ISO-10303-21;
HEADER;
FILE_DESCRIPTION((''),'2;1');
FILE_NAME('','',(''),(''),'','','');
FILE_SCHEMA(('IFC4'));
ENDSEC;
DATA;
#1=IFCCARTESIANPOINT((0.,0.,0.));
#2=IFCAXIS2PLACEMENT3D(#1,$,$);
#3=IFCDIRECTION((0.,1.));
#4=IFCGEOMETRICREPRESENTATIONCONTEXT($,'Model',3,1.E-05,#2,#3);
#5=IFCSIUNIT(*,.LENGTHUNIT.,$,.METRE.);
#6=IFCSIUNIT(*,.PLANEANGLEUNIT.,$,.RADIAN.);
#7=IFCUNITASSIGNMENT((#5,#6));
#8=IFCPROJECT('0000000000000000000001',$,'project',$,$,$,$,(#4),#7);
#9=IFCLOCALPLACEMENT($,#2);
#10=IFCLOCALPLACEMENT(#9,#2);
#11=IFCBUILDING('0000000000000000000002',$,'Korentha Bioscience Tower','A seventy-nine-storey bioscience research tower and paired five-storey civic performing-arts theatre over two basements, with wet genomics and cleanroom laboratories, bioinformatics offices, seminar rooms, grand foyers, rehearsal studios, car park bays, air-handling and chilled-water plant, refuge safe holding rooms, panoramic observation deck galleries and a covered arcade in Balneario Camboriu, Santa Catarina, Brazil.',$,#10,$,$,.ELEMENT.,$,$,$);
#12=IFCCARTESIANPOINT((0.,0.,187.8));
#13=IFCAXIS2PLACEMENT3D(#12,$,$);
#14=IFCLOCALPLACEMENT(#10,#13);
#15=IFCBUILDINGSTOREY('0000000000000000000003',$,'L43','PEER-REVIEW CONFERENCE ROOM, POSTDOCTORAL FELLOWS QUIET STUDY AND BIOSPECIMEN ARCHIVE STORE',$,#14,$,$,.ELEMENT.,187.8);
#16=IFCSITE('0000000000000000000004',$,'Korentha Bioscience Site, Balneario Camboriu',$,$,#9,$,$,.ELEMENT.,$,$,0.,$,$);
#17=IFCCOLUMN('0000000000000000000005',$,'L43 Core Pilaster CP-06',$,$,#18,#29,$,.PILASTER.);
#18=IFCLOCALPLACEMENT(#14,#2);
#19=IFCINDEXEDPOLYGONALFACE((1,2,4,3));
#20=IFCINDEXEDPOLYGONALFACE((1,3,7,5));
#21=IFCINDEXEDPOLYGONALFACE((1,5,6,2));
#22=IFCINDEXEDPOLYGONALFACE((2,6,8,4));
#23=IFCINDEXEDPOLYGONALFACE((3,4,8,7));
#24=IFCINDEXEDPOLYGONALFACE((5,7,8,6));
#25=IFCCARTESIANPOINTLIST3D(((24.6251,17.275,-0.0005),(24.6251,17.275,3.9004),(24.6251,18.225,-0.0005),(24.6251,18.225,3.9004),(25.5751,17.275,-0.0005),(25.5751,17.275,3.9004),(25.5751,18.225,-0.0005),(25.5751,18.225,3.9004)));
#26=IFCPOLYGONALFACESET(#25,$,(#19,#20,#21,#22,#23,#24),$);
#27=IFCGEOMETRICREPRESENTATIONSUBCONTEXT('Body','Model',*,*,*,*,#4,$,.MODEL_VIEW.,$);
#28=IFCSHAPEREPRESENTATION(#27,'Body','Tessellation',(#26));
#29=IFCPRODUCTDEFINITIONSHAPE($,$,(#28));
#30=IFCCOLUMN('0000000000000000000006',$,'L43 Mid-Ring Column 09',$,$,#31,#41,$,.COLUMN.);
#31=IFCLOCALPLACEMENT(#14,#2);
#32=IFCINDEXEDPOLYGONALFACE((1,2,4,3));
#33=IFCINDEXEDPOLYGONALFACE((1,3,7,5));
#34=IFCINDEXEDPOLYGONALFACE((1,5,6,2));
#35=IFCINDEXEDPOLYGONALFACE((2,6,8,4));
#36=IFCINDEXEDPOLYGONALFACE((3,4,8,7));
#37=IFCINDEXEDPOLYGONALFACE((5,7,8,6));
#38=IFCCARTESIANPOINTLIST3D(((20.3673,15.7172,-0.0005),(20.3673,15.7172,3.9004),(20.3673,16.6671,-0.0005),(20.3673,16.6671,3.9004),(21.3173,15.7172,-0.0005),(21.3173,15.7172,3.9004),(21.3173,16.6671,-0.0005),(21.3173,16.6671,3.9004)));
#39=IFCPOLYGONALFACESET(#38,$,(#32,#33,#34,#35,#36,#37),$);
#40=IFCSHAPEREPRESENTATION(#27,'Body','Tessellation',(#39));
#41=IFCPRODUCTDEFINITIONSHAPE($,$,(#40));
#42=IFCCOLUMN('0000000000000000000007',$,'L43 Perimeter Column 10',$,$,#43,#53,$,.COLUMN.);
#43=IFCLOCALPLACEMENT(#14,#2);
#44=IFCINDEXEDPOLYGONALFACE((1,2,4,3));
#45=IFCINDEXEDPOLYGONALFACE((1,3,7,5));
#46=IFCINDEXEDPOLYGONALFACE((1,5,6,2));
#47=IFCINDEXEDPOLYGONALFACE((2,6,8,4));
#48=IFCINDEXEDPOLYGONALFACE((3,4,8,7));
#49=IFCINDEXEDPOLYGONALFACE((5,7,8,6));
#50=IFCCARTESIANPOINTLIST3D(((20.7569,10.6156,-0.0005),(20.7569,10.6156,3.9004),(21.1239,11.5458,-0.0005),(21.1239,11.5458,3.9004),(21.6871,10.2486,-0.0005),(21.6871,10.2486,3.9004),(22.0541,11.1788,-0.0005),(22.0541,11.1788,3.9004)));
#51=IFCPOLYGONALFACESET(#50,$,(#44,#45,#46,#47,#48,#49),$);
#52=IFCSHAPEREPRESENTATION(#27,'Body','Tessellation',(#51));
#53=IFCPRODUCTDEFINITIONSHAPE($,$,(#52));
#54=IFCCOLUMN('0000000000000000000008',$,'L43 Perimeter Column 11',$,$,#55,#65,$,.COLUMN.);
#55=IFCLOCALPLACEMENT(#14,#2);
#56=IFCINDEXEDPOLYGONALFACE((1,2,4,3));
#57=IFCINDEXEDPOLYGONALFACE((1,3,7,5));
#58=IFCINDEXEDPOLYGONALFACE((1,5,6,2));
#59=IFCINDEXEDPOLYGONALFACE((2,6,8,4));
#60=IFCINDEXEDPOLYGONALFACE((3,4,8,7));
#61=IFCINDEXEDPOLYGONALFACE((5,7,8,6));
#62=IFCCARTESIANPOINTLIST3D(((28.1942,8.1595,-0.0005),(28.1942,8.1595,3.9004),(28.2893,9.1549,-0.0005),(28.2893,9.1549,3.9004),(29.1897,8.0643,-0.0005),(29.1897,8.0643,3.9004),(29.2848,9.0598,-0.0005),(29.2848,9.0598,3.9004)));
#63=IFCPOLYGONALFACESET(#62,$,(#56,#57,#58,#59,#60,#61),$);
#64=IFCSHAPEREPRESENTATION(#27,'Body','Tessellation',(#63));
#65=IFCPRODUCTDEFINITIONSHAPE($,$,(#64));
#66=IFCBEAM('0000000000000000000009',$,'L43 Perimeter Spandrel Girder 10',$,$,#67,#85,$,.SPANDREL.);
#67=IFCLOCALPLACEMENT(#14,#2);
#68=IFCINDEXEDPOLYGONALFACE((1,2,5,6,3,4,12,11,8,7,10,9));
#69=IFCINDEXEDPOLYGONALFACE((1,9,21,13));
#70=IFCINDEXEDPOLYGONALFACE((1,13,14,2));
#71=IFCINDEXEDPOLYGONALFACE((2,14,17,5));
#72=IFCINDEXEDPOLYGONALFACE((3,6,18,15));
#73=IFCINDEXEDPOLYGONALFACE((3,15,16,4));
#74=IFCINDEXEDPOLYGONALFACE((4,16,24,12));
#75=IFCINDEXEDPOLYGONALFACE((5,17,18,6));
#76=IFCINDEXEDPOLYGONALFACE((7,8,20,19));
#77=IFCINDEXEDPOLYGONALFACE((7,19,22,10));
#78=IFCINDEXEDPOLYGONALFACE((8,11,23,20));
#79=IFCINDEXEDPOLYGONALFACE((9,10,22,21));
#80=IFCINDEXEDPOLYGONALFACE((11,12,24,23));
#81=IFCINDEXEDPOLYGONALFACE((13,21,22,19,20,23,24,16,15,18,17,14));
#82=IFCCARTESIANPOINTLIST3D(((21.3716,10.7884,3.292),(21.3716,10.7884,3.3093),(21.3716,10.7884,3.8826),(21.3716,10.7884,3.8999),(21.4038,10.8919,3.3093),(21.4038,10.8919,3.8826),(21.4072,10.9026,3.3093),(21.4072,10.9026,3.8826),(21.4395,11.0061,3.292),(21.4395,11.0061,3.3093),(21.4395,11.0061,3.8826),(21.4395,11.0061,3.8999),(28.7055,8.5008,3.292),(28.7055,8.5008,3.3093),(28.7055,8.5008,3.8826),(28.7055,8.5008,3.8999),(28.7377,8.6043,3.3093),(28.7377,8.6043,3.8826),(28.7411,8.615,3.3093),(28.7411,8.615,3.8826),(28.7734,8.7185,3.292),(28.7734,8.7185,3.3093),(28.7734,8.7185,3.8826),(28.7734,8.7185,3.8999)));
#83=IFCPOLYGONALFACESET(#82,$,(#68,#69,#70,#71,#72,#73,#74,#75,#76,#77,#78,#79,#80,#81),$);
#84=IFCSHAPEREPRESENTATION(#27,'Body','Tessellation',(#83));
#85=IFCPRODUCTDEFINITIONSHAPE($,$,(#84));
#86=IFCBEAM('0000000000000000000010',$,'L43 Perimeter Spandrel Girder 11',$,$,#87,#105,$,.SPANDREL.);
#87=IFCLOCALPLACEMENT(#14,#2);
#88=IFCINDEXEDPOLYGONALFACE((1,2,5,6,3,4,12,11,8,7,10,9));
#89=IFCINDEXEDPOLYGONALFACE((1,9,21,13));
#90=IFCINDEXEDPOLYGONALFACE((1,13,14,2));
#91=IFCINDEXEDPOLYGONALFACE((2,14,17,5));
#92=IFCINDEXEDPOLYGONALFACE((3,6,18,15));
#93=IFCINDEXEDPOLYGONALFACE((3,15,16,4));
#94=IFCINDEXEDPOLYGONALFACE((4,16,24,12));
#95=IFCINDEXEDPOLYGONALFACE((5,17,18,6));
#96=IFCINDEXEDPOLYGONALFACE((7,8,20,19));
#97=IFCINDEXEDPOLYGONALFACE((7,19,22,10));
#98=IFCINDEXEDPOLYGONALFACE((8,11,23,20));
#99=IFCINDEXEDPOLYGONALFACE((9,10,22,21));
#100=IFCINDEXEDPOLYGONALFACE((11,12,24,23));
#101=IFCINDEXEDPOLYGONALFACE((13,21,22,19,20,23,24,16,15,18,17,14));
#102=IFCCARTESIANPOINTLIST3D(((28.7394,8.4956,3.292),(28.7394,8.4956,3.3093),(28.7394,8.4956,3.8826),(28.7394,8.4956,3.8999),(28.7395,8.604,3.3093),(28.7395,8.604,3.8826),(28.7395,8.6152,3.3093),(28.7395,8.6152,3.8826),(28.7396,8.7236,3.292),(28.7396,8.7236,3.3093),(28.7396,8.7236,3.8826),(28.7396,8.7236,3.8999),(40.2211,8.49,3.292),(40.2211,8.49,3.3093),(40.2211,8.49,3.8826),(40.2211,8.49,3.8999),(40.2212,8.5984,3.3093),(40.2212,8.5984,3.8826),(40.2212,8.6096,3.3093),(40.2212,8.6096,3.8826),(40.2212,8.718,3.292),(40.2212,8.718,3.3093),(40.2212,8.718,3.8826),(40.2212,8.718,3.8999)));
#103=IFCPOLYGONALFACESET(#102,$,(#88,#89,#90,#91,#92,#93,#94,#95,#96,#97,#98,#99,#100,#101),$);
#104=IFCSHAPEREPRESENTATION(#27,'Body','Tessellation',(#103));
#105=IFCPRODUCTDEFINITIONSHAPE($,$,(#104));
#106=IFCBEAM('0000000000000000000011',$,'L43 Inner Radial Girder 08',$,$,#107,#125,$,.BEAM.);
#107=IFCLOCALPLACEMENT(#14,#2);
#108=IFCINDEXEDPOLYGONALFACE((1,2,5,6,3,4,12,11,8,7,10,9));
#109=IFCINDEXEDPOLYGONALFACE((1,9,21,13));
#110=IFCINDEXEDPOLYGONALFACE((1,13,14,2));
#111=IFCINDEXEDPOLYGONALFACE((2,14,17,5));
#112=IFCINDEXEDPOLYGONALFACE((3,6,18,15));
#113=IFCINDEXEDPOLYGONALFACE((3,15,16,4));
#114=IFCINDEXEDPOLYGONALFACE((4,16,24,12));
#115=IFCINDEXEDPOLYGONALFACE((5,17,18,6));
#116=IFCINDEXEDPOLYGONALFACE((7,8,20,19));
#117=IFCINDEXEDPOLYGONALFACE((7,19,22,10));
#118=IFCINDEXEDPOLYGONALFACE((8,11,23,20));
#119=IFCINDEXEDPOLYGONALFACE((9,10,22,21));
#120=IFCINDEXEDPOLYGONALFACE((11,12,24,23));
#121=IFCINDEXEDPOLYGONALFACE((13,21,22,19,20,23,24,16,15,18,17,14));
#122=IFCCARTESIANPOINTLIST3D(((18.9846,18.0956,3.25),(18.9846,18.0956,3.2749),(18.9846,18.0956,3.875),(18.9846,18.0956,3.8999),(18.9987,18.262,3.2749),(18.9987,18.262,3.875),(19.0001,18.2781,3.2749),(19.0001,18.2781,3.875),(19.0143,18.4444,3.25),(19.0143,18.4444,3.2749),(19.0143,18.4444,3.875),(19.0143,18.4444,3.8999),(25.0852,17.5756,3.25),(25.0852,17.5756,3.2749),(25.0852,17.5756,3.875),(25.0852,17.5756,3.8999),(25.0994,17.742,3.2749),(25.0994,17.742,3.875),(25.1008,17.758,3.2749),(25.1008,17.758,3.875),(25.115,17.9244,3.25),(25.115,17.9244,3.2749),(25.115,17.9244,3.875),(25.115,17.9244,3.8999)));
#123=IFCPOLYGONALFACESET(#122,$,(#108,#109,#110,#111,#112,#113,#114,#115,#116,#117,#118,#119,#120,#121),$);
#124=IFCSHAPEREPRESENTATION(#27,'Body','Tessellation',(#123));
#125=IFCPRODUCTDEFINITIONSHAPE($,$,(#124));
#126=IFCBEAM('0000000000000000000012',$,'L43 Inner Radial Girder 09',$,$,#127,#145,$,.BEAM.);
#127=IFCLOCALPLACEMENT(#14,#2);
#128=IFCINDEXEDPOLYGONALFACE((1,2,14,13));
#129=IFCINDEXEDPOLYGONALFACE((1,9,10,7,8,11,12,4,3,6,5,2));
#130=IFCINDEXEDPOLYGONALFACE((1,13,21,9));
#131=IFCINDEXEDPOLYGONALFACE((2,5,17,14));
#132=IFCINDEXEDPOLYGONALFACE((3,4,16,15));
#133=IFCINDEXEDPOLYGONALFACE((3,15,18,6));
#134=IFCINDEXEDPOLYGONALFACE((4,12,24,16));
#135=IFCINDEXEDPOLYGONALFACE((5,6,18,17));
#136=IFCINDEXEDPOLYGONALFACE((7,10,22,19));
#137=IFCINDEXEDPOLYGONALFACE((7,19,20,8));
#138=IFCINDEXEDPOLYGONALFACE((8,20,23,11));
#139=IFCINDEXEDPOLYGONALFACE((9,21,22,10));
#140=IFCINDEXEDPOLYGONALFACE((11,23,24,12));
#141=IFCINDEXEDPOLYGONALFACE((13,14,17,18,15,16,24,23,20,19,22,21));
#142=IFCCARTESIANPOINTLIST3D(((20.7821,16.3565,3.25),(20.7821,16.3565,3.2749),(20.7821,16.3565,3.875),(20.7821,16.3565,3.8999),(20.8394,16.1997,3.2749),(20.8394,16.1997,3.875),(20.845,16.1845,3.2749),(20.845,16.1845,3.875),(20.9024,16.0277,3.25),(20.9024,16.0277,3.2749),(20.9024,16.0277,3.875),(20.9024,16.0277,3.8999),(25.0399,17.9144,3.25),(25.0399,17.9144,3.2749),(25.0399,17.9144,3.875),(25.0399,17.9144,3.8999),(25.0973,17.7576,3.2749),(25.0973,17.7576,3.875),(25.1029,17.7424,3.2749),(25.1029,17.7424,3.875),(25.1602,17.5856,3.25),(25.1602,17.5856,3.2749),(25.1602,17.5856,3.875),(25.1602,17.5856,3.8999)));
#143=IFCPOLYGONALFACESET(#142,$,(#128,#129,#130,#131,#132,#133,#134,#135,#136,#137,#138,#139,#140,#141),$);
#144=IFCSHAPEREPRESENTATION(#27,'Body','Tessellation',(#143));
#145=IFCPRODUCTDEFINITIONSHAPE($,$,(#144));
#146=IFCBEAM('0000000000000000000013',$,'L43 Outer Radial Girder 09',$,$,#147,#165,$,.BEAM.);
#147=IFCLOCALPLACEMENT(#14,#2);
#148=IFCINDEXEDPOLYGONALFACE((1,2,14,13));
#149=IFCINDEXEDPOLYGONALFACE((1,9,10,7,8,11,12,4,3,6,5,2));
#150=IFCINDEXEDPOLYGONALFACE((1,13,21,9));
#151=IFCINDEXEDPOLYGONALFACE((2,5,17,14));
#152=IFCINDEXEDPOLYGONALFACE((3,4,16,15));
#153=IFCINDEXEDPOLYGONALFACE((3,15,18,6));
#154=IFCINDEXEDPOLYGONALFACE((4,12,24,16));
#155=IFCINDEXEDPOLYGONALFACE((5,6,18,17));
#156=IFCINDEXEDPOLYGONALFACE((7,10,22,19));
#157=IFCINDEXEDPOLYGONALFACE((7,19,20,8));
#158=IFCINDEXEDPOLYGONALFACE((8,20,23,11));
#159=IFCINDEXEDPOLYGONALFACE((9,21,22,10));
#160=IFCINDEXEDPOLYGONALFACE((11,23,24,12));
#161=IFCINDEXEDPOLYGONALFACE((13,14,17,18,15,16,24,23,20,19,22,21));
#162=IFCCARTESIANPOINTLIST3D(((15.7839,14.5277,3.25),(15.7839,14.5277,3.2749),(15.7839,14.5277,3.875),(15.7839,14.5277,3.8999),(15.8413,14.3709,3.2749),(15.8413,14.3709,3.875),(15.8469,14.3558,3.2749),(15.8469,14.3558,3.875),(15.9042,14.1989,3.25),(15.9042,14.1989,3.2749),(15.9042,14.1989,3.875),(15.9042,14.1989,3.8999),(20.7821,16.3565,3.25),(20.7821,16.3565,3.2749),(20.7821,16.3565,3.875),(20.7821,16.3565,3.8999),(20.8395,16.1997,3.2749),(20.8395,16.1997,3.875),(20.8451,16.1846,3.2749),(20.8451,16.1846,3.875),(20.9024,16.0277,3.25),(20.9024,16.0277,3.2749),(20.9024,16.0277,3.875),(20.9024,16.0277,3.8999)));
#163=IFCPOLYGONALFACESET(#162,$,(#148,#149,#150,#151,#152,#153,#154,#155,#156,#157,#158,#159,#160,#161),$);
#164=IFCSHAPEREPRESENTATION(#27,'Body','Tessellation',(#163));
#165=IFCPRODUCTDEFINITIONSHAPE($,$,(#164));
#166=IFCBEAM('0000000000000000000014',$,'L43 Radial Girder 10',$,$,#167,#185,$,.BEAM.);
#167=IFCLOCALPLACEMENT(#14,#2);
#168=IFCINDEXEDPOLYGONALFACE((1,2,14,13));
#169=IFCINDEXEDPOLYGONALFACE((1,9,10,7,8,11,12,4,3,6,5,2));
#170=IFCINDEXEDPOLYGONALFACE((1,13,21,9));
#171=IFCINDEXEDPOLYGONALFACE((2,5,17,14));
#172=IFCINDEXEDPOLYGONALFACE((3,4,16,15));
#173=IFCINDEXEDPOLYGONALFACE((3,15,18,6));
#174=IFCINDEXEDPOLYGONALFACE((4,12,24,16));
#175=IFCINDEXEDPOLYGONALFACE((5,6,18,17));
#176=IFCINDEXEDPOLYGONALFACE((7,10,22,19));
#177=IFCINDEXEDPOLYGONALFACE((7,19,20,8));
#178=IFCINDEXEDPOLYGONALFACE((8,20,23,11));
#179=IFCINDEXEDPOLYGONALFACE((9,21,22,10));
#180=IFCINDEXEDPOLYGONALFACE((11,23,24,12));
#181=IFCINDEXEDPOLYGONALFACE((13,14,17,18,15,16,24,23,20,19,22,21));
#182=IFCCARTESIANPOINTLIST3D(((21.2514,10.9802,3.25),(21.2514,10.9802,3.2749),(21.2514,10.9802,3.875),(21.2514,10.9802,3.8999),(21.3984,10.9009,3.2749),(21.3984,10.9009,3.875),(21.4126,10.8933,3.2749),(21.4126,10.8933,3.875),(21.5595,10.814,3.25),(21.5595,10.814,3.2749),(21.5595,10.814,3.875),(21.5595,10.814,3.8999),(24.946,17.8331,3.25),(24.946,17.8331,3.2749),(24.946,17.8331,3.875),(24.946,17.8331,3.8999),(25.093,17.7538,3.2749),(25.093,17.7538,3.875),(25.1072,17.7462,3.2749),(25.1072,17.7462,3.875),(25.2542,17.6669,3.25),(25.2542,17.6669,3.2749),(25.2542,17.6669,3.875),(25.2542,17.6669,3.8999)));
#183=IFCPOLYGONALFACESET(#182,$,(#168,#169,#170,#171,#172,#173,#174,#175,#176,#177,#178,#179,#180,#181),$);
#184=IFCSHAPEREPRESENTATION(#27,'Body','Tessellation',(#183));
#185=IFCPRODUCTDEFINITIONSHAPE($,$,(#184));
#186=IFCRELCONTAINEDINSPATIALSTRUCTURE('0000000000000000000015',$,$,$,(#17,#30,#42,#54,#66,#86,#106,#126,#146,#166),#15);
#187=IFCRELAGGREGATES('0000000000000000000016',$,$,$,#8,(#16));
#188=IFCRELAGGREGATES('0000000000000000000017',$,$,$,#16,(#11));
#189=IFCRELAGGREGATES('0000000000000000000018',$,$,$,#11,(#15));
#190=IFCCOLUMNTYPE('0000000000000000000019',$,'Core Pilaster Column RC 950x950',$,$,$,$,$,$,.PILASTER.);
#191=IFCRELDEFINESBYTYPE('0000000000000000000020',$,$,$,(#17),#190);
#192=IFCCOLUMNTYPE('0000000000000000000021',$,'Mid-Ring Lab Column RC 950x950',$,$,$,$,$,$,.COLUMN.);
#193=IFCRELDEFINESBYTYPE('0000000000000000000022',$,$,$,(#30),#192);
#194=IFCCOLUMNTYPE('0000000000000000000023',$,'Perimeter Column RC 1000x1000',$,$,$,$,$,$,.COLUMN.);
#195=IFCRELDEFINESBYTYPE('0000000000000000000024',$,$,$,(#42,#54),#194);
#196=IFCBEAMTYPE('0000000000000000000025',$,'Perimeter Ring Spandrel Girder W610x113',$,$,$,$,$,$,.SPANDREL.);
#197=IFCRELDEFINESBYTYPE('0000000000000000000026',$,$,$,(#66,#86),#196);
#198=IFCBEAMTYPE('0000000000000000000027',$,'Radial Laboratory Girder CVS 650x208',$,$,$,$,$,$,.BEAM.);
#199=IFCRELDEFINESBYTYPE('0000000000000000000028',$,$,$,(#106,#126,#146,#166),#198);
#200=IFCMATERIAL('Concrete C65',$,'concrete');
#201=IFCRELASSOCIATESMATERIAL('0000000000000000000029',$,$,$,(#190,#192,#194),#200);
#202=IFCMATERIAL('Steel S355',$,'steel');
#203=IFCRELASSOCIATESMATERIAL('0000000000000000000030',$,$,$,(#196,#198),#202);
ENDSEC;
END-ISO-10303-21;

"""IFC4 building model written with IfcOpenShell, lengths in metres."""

from ifc_helpers import new_model, si_unit, direction, frame, origin, origin_2d, place, context, subcontext, project, spatial, rectangle, i_section, extrude, material, material_profile, profile_set, type_object, element, save


model = new_model("IFC4")

# Units and contexts
model_context = context("Model", 3, precision=1e-05, world=origin(), true_north=direction((0.0, 1.0)))
body_context = subcontext(model_context, "Body", "Model", "MODEL_VIEW")
ifc_project = project(units=[si_unit("LENGTHUNIT", "METRE"), si_unit("PLANEANGLEUNIT", "RADIAN")], contexts=[model_context])

# Site, building, storey
site_placement = place(None, origin())
site = spatial("IfcSite", under=ifc_project, at=site_placement, Name="Korentha Bioscience Site, Balneario Camboriu", CompositionType="ELEMENT", RefElevation=0.0)
building_placement = place(site_placement, origin())
building = spatial("IfcBuilding", under=site, at=building_placement, Name="Korentha Bioscience Tower", Description="A seventy-nine-storey bioscience research tower and paired five-storey civic performing-arts theatre over two basements, with wet genomics and cleanroom laboratories, bioinformatics offices, seminar rooms, grand foyers, rehearsal studios, car park bays, air-handling and chilled-water plant, refuge safe holding rooms, panoramic observation deck galleries and a covered arcade in Balneario Camboriu, Santa Catarina, Brazil.", CompositionType="ELEMENT")
storey_placement = place(building_placement, frame((0.0, 0.0, 187.8)))
storey = spatial("IfcBuildingStorey", under=building, at=storey_placement, Name="L43", Description="PEER-REVIEW CONFERENCE ROOM, POSTDOCTORAL FELLOWS QUIET STUDY AND BIOSPECIMEN ARCHIVE STORE", CompositionType="ELEMENT", Elevation=187.8)

# Columns
ifc_material_1 = material(Name="Concrete C65", Category="concrete")
ifc_material_profile_1 = material_profile(ifc_material_1, rectangle(XDim=0.95, YDim=0.95, at=origin_2d()), Name="Concrete C65")
ifc_profile_set_1 = profile_set([ifc_material_profile_1], Name="Concrete C65 (COL-CP09)")
column_type_1 = type_object("IfcColumnType", Name="Core Pilaster Column RC 950x950", PredefinedType="PILASTER", material=ifc_profile_set_1)
column_1_placement = place(storey_placement, frame((25.1001, 17.75, -0.0005), z_axis=(0.0, 0.0, 1.0), x_axis=(1.0, 0.0, 0.0)))
element("IfcColumn", 1, at=column_1_placement, inside=storey, type_object=column_type_1, Name="L43 Core Pilaster CP-06", PredefinedType="PILASTER", context=body_context, shape_type="SweptSolid", body=[
    extrude(rectangle(XDim=0.95, YDim=0.95, at=origin_2d()), origin(), (0.0, 0.0, 1.0), 3.9009),
])
ifc_material_profile_2 = material_profile(ifc_material_1, rectangle(XDim=0.95, YDim=0.95, at=origin_2d()), Name="Concrete C65")
ifc_profile_set_2 = profile_set([ifc_material_profile_2], Name="Concrete C65 (COL-MR09)")
column_type_2 = type_object("IfcColumnType", Name="Mid-Ring Lab Column RC 950x950", PredefinedType="COLUMN", material=ifc_profile_set_2)
column_2_placement = place(storey_placement, frame((20.8423, 16.1921, -0.0005), z_axis=(0.0, 0.0, 1.0), x_axis=(1.0, 0.0, 0.0)))
element("IfcColumn", 2, at=column_2_placement, inside=storey, type_object=column_type_2, Name="L43 Mid-Ring Column 09", PredefinedType="COLUMN", context=body_context, shape_type="SweptSolid", body=[
    extrude(rectangle(XDim=0.95, YDim=0.95, at=origin_2d()), origin(), (0.0, 0.0, 1.0), 3.9009),
])
ifc_material_profile_3 = material_profile(ifc_material_1, rectangle(XDim=1.0, YDim=1.0, at=origin_2d()), Name="Concrete C65")
ifc_profile_set_3 = profile_set([ifc_material_profile_3], Name="Concrete C65 (COL-P10)")
column_type_3 = type_object("IfcColumnType", Name="Perimeter Column RC 1000x1000", PredefinedType="COLUMN", material=ifc_profile_set_3)
for number, where, z_axis, x_axis, name in (
    (3, (21.4055, 10.8972, -0.0005), (0.0, 0.0, 1.0), (-0.930226, 0.366988, 0.0), "L43 Perimeter Column 10"),
    (4, (28.7395, 8.6096, -0.0005), (0.0, 0.0, 1.0), (-0.995463, 0.095151, 0.0), "L43 Perimeter Column 11"),
):
    element("IfcColumn", number, at=place(storey_placement, frame(where, z_axis=z_axis, x_axis=x_axis)), inside=storey, type_object=column_type_3, Name=name, PredefinedType="COLUMN", context=body_context, shape_type="SweptSolid", body=[
        extrude(rectangle(XDim=1.0, YDim=1.0, at=origin_2d()), origin(), (0.0, 0.0, 1.0), 3.9009),
    ])

# Beams
ifc_material_2 = material(Name="Steel S355", Category="steel")
ifc_material_profile_4 = material_profile(ifc_material_2, i_section(OverallWidth=0.228, OverallDepth=0.6079, WebThickness=0.0112, FlangeThickness=0.0173, at=origin_2d()), Name="Steel S355")
ifc_profile_set_4 = profile_set([ifc_material_profile_4], Name="Steel S355 (SB-610)")
beam_type_1 = type_object("IfcBeamType", Name="Perimeter Ring Spandrel Girder W610x113", PredefinedType="SPANDREL", material=ifc_profile_set_4)
beam_1_placement = place(storey_placement, frame((21.4055, 10.8972, 3.5959), z_axis=(0.954638, -0.297768, 0.0), x_axis=(0.297768, 0.954638, 0.0)))
element("IfcBeam", 5, at=beam_1_placement, inside=storey, type_object=beam_type_1, Name="L43 Perimeter Spandrel Girder 10", PredefinedType="SPANDREL", context=body_context, shape_type="SweptSolid", body=[
    extrude(i_section(OverallWidth=0.228, OverallDepth=0.6079, WebThickness=0.0112, FlangeThickness=0.0173, at=origin_2d()), origin(), (0.0, 0.0, 1.0), 7.6824),
])
beam_2_placement = place(storey_placement, frame((28.7395, 8.6096, 3.5959), z_axis=(1.0, -0.000489, 0.0), x_axis=(0.000489, 1.0, 0.0)))
element("IfcBeam", 6, at=beam_2_placement, inside=storey, type_object=beam_type_1, Name="L43 Perimeter Spandrel Girder 11", PredefinedType="SPANDREL", context=body_context, shape_type="SweptSolid", body=[
    extrude(i_section(OverallWidth=0.228, OverallDepth=0.6079, WebThickness=0.0112, FlangeThickness=0.0173, at=origin_2d()), origin(), (0.0, 0.0, 1.0), 11.4817),
])
ifc_material_profile_5 = material_profile(ifc_material_2, i_section(OverallWidth=0.3501, OverallDepth=0.6499, WebThickness=0.0161, FlangeThickness=0.0249, at=origin_2d()), Name="Steel S355")
ifc_profile_set_5 = profile_set([ifc_material_profile_5], Name="Steel S355 (RB-650)")
beam_type_2 = type_object("IfcBeamType", Name="Radial Laboratory Girder CVS 650x208", PredefinedType="BEAM", material=ifc_profile_set_5)
beam_3_placement = place(storey_placement, frame((25.1001, 17.75, 3.575), z_axis=(-0.996387, 0.084933, 0.0), x_axis=(-0.084933, -0.996387, 0.0)))
element("IfcBeam", 7, at=beam_3_placement, inside=storey, type_object=beam_type_2, Name="L43 Inner Radial Girder 08", PredefinedType="BEAM", context=body_context, shape_type="SweptSolid", body=[
    extrude(i_section(OverallWidth=0.3501, OverallDepth=0.6499, WebThickness=0.0161, FlangeThickness=0.0249, at=origin_2d()), origin(), (0.0, 0.0, 1.0), 6.1228),
])
beam_4_placement = place(storey_placement, frame((25.1001, 17.75, 3.575), z_axis=(-0.939114, -0.343606, 0.0), x_axis=(0.343606, -0.939114, 0.0)))
element("IfcBeam", 8, at=beam_4_placement, inside=storey, type_object=beam_type_2, Name="L43 Inner Radial Girder 09", PredefinedType="BEAM", context=body_context, shape_type="SweptSolid", body=[
    extrude(i_section(OverallWidth=0.3501, OverallDepth=0.6499, WebThickness=0.0161, FlangeThickness=0.0249, at=origin_2d()), origin(), (0.0, 0.0, 1.0), 4.5339),
])
beam_5_placement = place(storey_placement, frame((20.8423, 16.1921, 3.575), z_axis=(-0.93911, -0.343617, 0.0), x_axis=(0.343617, -0.93911, 0.0)))
element("IfcBeam", 9, at=beam_5_placement, inside=storey, type_object=beam_type_2, Name="L43 Outer Radial Girder 09", PredefinedType="BEAM", context=body_context, shape_type="SweptSolid", body=[
    extrude(i_section(OverallWidth=0.3501, OverallDepth=0.6499, WebThickness=0.0161, FlangeThickness=0.0249, at=origin_2d()), origin(), (0.0, 0.0, 1.0), 5.3223),
])
beam_6_placement = place(storey_placement, frame((25.1001, 17.75, 3.575), z_axis=(-0.47456, -0.880223, 0.0), x_axis=(0.880223, -0.47456, 0.0)))
element("IfcBeam", 10, at=beam_6_placement, inside=storey, type_object=beam_type_2, Name="L43 Radial Girder 10", PredefinedType="BEAM", context=body_context, shape_type="SweptSolid", body=[
    extrude(i_section(OverallWidth=0.3501, OverallDepth=0.6499, WebThickness=0.0161, FlangeThickness=0.0249, at=origin_2d()), origin(), (0.0, 0.0, 1.0), 7.7854),
])

save(model, "model.ifc")
